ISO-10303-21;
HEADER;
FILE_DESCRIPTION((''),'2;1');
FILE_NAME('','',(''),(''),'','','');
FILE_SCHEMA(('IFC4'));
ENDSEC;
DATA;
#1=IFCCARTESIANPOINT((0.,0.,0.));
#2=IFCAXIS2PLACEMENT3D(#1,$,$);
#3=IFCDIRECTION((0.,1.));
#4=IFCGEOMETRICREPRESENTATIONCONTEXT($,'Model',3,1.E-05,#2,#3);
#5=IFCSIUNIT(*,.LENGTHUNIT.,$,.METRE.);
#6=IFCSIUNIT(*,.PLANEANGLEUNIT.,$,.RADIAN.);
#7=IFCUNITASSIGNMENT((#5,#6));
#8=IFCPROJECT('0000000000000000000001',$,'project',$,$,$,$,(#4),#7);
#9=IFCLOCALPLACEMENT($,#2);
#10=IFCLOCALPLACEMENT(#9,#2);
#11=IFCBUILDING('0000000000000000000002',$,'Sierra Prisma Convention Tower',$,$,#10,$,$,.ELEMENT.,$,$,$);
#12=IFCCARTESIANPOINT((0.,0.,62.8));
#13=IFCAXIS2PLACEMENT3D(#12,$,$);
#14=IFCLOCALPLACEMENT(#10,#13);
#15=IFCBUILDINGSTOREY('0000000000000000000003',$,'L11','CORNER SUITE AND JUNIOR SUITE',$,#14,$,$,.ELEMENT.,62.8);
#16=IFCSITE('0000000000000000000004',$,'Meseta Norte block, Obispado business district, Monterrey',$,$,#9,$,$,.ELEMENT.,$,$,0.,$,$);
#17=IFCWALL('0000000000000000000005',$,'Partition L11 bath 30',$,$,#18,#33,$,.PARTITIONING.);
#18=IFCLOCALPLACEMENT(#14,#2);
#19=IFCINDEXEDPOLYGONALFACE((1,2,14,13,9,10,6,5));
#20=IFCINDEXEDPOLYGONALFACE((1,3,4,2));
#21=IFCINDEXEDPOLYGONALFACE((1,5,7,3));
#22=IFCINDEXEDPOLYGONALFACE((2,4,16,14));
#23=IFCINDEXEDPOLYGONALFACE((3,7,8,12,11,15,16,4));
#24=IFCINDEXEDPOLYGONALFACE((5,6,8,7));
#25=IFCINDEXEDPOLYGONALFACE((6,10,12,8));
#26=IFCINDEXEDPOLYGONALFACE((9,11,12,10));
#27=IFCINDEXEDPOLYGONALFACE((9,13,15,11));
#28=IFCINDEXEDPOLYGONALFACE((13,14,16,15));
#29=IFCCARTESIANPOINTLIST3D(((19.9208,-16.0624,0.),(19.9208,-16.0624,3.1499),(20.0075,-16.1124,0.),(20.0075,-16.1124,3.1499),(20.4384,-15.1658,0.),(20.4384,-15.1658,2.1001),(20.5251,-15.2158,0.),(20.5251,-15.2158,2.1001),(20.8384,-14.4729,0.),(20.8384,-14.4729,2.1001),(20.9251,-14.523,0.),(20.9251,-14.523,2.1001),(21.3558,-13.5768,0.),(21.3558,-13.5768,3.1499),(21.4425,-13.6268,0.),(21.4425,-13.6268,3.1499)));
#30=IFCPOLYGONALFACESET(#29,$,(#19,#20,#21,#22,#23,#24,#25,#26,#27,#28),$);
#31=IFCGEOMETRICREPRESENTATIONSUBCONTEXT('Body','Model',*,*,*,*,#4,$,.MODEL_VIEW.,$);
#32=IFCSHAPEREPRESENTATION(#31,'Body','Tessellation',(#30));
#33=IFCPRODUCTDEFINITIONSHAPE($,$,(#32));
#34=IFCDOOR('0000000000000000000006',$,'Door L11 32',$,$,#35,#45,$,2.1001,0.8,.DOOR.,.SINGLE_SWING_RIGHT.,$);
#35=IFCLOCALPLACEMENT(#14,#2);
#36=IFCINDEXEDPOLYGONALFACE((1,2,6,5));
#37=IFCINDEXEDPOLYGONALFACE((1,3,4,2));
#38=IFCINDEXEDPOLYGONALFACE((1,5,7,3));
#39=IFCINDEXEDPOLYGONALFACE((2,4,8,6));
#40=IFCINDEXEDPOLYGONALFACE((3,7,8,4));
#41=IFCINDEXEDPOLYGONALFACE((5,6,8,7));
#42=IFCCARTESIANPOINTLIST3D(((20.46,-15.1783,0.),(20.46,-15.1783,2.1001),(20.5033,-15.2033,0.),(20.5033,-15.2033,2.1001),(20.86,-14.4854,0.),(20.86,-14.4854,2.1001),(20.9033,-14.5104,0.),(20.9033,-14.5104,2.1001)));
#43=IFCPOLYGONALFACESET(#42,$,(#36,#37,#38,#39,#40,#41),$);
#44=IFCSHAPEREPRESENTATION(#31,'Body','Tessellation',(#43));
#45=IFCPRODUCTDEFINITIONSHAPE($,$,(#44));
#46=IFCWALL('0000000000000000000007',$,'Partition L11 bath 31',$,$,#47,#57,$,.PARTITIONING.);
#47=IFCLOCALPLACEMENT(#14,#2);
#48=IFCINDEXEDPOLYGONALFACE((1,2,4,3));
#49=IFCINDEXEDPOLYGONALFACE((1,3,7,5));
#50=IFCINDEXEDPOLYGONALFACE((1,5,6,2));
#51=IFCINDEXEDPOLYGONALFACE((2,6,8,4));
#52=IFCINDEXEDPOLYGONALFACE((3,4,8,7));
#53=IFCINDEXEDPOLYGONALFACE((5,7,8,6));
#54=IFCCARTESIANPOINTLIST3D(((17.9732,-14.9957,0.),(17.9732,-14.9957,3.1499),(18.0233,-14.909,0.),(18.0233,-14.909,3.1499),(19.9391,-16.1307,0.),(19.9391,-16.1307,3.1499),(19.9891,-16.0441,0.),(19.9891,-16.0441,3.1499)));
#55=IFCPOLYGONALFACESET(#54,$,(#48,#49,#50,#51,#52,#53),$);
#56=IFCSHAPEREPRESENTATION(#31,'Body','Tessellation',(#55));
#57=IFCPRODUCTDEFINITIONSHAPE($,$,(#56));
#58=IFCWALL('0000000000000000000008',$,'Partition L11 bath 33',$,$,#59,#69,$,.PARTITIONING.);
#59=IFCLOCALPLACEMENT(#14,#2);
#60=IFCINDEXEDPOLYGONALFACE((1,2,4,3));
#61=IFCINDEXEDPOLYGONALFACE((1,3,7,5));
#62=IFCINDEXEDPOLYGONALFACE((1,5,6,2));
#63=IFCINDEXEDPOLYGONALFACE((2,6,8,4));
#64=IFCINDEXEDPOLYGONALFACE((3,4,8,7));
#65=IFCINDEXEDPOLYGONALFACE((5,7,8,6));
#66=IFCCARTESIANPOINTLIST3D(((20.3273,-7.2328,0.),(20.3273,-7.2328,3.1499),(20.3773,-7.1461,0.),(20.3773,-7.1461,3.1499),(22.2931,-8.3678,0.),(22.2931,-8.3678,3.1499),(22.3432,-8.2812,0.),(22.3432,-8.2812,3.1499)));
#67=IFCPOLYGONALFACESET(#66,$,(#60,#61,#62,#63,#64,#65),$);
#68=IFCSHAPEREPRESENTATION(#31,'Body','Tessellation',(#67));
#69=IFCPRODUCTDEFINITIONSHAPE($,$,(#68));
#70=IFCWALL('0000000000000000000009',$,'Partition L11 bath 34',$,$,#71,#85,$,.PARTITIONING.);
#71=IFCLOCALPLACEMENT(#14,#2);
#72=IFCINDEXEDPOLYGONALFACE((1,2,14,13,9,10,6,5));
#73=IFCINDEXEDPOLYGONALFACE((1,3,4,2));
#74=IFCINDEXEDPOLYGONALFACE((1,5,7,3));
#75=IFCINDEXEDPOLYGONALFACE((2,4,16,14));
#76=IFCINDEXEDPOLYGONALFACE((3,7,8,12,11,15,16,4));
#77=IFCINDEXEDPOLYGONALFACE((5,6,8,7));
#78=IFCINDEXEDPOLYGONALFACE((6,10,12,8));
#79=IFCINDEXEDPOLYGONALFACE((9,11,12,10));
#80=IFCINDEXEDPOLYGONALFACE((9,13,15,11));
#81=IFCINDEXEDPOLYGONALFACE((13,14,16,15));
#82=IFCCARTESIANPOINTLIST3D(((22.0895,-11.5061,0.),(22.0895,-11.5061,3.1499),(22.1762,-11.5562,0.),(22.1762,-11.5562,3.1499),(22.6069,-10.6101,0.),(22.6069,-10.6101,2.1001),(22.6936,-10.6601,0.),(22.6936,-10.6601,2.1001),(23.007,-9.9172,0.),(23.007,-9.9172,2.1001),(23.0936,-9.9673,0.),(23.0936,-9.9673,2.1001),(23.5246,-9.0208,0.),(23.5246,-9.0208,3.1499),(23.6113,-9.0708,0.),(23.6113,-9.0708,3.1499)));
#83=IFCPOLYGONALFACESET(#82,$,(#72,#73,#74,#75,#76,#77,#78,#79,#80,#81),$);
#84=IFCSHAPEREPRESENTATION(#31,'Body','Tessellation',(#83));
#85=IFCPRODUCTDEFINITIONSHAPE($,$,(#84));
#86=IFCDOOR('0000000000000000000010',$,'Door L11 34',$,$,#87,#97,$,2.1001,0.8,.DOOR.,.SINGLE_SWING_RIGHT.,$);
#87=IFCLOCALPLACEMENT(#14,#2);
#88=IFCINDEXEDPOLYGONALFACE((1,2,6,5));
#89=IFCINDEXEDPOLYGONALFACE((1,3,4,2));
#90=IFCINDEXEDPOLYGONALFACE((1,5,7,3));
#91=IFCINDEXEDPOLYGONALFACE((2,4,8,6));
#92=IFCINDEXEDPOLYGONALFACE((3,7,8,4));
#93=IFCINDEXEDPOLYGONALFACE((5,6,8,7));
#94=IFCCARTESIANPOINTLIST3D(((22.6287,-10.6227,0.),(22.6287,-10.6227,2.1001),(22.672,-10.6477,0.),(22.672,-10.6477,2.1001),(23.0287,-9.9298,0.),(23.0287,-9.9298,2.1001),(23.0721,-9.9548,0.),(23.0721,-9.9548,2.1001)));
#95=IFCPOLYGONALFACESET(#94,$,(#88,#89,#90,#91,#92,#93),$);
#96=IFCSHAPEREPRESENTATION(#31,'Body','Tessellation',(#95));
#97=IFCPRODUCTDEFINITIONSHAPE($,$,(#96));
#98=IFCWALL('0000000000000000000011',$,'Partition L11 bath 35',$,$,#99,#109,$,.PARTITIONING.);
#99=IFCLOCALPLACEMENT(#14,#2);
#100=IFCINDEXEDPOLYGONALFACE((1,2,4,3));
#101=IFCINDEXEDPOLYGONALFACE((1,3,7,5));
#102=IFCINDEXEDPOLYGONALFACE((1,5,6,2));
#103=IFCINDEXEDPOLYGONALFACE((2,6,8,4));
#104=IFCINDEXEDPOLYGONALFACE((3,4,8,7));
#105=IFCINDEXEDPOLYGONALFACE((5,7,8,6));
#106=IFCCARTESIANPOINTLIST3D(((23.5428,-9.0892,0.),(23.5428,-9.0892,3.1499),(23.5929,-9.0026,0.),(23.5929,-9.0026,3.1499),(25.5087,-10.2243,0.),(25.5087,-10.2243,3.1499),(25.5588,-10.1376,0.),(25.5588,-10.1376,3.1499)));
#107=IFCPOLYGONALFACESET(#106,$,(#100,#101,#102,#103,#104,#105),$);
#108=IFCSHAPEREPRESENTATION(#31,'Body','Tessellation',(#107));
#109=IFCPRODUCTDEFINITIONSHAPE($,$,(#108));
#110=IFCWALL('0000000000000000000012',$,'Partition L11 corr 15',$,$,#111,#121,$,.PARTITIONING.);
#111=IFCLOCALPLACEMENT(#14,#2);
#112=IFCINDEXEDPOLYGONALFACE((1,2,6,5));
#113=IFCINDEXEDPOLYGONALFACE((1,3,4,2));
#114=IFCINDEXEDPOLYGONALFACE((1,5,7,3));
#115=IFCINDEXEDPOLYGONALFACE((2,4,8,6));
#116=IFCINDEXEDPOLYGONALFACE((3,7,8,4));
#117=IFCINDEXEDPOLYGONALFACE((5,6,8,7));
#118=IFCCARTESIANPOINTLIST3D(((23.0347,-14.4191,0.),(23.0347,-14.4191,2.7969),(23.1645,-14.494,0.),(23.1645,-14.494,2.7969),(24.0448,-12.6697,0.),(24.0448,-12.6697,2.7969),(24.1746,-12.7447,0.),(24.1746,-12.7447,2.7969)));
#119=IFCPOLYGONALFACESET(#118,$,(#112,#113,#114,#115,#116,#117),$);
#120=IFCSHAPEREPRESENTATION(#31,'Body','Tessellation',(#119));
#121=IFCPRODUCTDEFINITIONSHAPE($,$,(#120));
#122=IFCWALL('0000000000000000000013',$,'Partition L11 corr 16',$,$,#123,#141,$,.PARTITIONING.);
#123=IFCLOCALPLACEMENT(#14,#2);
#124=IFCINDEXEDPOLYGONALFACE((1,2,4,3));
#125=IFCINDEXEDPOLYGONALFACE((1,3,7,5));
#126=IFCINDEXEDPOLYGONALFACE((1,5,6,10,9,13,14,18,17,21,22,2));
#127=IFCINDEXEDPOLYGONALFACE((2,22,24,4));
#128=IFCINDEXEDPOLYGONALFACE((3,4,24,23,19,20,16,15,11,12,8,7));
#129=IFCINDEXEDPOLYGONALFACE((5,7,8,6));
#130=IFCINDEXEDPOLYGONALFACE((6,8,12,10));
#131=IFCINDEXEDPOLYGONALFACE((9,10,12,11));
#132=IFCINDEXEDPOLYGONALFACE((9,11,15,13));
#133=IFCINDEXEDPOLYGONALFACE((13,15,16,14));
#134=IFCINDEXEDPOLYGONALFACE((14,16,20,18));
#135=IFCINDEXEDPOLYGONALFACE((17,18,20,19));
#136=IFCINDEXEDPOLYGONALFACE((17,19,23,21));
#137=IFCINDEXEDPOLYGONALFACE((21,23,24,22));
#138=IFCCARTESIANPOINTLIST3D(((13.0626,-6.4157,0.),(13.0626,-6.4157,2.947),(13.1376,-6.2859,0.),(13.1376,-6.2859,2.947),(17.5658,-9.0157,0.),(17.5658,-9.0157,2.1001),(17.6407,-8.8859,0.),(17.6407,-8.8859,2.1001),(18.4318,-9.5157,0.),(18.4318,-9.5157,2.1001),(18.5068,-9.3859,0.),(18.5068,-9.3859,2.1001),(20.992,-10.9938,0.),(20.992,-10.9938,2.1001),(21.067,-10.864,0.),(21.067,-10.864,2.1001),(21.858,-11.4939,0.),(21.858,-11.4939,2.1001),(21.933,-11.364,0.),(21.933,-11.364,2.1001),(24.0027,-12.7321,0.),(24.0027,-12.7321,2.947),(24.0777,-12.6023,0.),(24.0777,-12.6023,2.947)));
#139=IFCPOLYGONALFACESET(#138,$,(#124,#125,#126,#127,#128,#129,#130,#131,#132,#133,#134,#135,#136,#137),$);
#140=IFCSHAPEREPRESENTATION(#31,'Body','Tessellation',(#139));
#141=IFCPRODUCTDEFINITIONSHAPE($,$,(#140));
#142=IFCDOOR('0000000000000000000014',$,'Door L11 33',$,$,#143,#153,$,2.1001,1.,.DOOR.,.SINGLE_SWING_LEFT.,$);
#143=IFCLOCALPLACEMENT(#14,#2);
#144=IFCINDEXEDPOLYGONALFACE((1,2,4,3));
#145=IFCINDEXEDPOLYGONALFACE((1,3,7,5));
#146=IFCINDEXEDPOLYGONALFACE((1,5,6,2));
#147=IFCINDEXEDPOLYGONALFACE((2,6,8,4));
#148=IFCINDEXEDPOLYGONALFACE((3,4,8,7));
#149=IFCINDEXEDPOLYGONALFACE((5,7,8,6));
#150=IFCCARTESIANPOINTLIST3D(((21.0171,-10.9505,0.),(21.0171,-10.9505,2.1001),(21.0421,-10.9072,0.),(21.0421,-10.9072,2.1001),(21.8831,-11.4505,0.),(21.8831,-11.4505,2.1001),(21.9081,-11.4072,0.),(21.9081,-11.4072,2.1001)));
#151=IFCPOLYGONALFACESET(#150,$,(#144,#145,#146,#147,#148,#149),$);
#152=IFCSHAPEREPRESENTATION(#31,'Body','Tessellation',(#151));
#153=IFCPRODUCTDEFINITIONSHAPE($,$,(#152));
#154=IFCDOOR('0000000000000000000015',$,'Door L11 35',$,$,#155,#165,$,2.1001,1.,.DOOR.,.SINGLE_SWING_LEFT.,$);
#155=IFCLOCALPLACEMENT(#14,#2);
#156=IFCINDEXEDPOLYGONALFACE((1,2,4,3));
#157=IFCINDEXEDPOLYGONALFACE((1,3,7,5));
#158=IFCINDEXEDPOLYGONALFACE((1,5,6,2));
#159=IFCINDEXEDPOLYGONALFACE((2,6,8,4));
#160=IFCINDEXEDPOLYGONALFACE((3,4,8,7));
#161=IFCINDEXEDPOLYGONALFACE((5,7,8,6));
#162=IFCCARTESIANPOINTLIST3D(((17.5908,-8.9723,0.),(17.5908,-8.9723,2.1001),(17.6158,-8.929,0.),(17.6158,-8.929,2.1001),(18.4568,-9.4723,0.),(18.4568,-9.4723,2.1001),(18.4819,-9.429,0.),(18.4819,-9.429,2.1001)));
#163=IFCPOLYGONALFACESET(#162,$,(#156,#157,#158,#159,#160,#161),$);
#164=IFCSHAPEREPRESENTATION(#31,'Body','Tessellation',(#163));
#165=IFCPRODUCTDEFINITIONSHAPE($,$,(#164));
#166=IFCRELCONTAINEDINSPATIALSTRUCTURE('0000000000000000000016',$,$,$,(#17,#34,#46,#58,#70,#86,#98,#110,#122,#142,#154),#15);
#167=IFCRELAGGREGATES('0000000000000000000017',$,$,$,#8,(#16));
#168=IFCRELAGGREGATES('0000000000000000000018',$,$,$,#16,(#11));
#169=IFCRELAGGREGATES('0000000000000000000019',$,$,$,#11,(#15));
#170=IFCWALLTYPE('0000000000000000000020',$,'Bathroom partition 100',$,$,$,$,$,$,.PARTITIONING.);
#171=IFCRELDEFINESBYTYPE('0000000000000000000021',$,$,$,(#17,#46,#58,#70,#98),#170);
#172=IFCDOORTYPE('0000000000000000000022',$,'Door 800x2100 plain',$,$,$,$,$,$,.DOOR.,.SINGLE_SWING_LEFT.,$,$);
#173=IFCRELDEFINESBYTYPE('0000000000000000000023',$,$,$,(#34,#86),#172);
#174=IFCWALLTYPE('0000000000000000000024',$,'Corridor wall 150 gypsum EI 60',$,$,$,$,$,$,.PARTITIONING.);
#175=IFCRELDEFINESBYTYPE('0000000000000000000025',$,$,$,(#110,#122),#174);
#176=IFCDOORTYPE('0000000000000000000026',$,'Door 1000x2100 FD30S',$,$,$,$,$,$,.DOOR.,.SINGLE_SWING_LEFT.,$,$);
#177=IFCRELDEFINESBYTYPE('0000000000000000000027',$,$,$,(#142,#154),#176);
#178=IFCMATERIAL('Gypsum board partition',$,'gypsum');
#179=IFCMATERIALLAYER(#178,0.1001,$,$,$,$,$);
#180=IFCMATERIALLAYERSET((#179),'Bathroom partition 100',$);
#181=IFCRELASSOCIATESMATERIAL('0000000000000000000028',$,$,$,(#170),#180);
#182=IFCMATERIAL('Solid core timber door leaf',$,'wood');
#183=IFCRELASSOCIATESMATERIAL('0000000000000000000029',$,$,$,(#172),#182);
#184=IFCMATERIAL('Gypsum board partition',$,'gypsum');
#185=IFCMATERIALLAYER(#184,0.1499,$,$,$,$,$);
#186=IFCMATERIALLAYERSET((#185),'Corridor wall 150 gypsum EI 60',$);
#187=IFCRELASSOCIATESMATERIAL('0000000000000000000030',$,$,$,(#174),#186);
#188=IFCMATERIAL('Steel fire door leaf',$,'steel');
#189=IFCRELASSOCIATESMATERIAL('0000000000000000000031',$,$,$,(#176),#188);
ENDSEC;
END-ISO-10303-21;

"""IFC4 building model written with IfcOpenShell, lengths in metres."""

from ifc_helpers import new_model, si_unit, direction, frame, frame_2d, origin, place, context, subcontext, project, spatial, rectangle, extrude, material, layer, layer_set, type_object, element, fill, save


model = new_model("IFC4")

# Units and contexts
model_context = context("Model", 3, precision=1e-05, world=origin(), true_north=direction((0.0, 1.0)))
body_context = subcontext(model_context, "Body", "Model", "MODEL_VIEW")
ifc_project = project(units=[si_unit("LENGTHUNIT", "METRE"), si_unit("PLANEANGLEUNIT", "RADIAN")], contexts=[model_context])

# Site, building, storey
site_placement = place(None, origin())
site = spatial("IfcSite", under=ifc_project, at=site_placement, Name="Meseta Norte block, Obispado business district, Monterrey", CompositionType="ELEMENT", RefElevation=0.0)
building_placement = place(site_placement, origin())
building = spatial("IfcBuilding", under=site, at=building_placement, Name="Sierra Prisma Convention Tower", CompositionType="ELEMENT")
storey_placement = place(building_placement, frame((0.0, 0.0, 62.8)))
storey = spatial("IfcBuildingStorey", under=building, at=storey_placement, Name="L11", Description="CORNER SUITE AND JUNIOR SUITE", CompositionType="ELEMENT", Elevation=62.8)

# Wall, opening, door
ifc_material_1 = material(Name="Gypsum board partition", Category="gypsum")
ifc_layer_1 = layer(ifc_material_1, 0.1001)
ifc_layer_set_1 = layer_set([ifc_layer_1], Name="Bathroom partition 100")
wall_type_1 = type_object("IfcWallType", Name="Bathroom partition 100", PredefinedType="PARTITIONING", material=ifc_layer_set_1)
wall_1_placement = place(storey_placement, frame((21.3992, -13.6018, 0.0), z_axis=(0.0, 0.0, 1.0), x_axis=(-0.5, -0.866026, 0.0)))
wall_1 = element("IfcWall", 1, at=wall_1_placement, inside=storey, type_object=wall_type_1, Name="Partition L11 bath 30", PredefinedType="PARTITIONING", context=body_context, shape_type="SweptSolid", body=[
    extrude(rectangle(XDim=2.8701, YDim=0.1001, at=frame_2d((1.4351, 0.0))), origin(), (0.0, 0.0, 1.0), 3.1499),
])
opening_1_placement = place(wall_1_placement, frame((1.0349, 0.0, 0.0)))
opening_1 = element("IfcOpeningElement", 2, at=opening_1_placement, cuts=wall_1, PredefinedType="OPENING", context=body_context, shape_type="SweptSolid", body=[
    extrude(rectangle(XDim=0.8, YDim=2.1001, at=frame_2d((0.3999, 1.05))), frame((0.0, 0.05, 0.0), z_axis=(0.0, -1.0, 0.0), x_axis=(1.0, 0.0, 0.0)), (0.0, 0.0, 1.0), 0.1001),
])
ifc_material_2 = material(Name="Solid core timber door leaf", Category="wood")
door_type_1 = type_object("IfcDoorType", Name="Door 800x2100 plain", OperationType="SINGLE_SWING_LEFT", PredefinedType="DOOR", material=ifc_material_2)
door_1_placement = place(opening_1_placement, origin())
door_1 = element("IfcDoor", 3, at=door_1_placement, inside=storey, type_object=door_type_1, Name="Door L11 32", OperationType="SINGLE_SWING_RIGHT", OverallHeight=2.1001, OverallWidth=0.8, PredefinedType="DOOR", context=body_context, shape_type="SweptSolid", body=[
    extrude(rectangle(XDim=0.8, YDim=2.1001, at=frame_2d((0.3999, 1.05))), frame((0.0, 0.0249, 0.0), z_axis=(0.0, -1.0, 0.0), x_axis=(1.0, 0.0, 0.0)), (0.0, 0.0, 1.0), 0.05),
])
fill(opening_1, door_1)

# Walls
for number, where, z_axis, x_axis, name in (
    (4, (19.9641, -16.0874, 0.0), (0.0, 0.0, 1.0), (-0.866017, 0.500014, 0.0), "Partition L11 bath 31"),
    (5, (20.3523, -7.1895, 0.0), (0.0, 0.0, 1.0), (0.866017, -0.500014, 0.0), "Partition L11 bath 33"),
):
    element("IfcWall", number, at=place(storey_placement, frame(where, z_axis=z_axis, x_axis=x_axis)), inside=storey, type_object=wall_type_1, Name=name, PredefinedType="PARTITIONING", context=body_context, shape_type="SweptSolid", body=[
        extrude(rectangle(XDim=2.27, YDim=0.1001, at=frame_2d((1.135, 0.0))), origin(), (0.0, 0.0, 1.0), 3.1499),
    ])

# Wall, opening, door
wall_2_placement = place(storey_placement, frame((22.1328, -11.5312, 0.0), z_axis=(0.0, 0.0, 1.0), x_axis=(0.500037, 0.866004, 0.0)))
wall_2 = element("IfcWall", 6, at=wall_2_placement, inside=storey, type_object=wall_type_1, Name="Partition L11 bath 34", PredefinedType="PARTITIONING", context=body_context, shape_type="SweptSolid", body=[
    extrude(rectangle(XDim=2.8699, YDim=0.1001, at=frame_2d((1.4351, 0.0))), origin(), (0.0, 0.0, 1.0), 3.1499),
])
opening_2_placement = place(wall_2_placement, frame((1.0349, 0.0, 0.0)))
opening_2 = element("IfcOpeningElement", 7, at=opening_2_placement, cuts=wall_2, PredefinedType="OPENING", context=body_context, shape_type="SweptSolid", body=[
    extrude(rectangle(XDim=0.8, YDim=2.1001, at=frame_2d((0.3999, 1.05))), frame((0.0, 0.05, 0.0), z_axis=(0.0, -1.0, 0.0), x_axis=(1.0, 0.0, 0.0)), (0.0, 0.0, 1.0), 0.1001),
])
door_2_placement = place(opening_2_placement, origin())
door_2 = element("IfcDoor", 8, at=door_2_placement, inside=storey, type_object=door_type_1, Name="Door L11 34", OperationType="SINGLE_SWING_RIGHT", OverallHeight=2.1001, OverallWidth=0.8, PredefinedType="DOOR", context=body_context, shape_type="SweptSolid", body=[
    extrude(rectangle(XDim=0.8, YDim=2.1001, at=frame_2d((0.3999, 1.05))), frame((0.0, 0.0249, 0.0), z_axis=(0.0, -1.0, 0.0), x_axis=(1.0, 0.0, 0.0)), (0.0, 0.0, 1.0), 0.05),
])
fill(opening_2, door_2)

# Walls
wall_3_placement = place(storey_placement, frame((23.5679, -9.0459, 0.0), z_axis=(0.0, 0.0, 1.0), x_axis=(0.866017, -0.500014, 0.0)))
element("IfcWall", 9, at=wall_3_placement, inside=storey, type_object=wall_type_1, Name="Partition L11 bath 35", PredefinedType="PARTITIONING", context=body_context, shape_type="SweptSolid", body=[
    extrude(rectangle(XDim=2.27, YDim=0.1001, at=frame_2d((1.135, 0.0))), origin(), (0.0, 0.0, 1.0), 3.1499),
])
ifc_material_3 = material(Name="Gypsum board partition", Category="gypsum")
ifc_layer_2 = layer(ifc_material_3, 0.1499)
ifc_layer_set_2 = layer_set([ifc_layer_2], Name="Corridor wall 150 gypsum EI 60")
wall_type_2 = type_object("IfcWallType", Name="Corridor wall 150 gypsum EI 60", PredefinedType="PARTITIONING", material=ifc_layer_set_2)
wall_4_placement = place(storey_placement, frame((23.0996, -14.4565, 0.0), z_axis=(0.0, 0.0, 1.0), x_axis=(0.500026, 0.86601, 0.0)))
element("IfcWall", 10, at=wall_4_placement, inside=storey, type_object=wall_type_2, Name="Partition L11 corr 15", PredefinedType="PARTITIONING", context=body_context, shape_type="SweptSolid", body=[
    extrude(rectangle(XDim=2.02, YDim=0.1499, at=frame_2d((1.01, 0.0))), origin(), (0.0, 0.0, 1.0), 2.7969),
])

# Wall, openings, doors
wall_5_placement = place(storey_placement, frame((24.0403, -12.6672, 0.0), z_axis=(0.0, 0.0, 1.0), x_axis=(-0.866022, 0.500005, 0.0)))
wall_5 = element("IfcWall", 11, at=wall_5_placement, inside=storey, type_object=wall_type_2, Name="Partition L11 corr 16", PredefinedType="PARTITIONING", context=body_context, shape_type="SweptSolid", body=[
    extrude(rectangle(XDim=12.6326, YDim=0.1499, at=frame_2d((6.3164, 0.0))), origin(), (0.0, 0.0, 1.0), 2.947),
])
opening_3_placement = place(wall_5_placement, frame((2.4766, 0.0, 0.0)))
opening_3 = element("IfcOpeningElement", 12, at=opening_3_placement, cuts=wall_5, PredefinedType="OPENING", context=body_context, shape_type="SweptSolid", body=[
    extrude(rectangle(XDim=1.0, YDim=2.1001, at=frame_2d((0.5, 1.05))), frame((0.0, 0.075, 0.0), z_axis=(0.0, -1.0, 0.0), x_axis=(1.0, 0.0, 0.0)), (0.0, 0.0, 1.0), 0.1499),
])
opening_4_placement = place(wall_5_placement, frame((6.4329, 0.0, 0.0)))
opening_4 = element("IfcOpeningElement", 13, at=opening_4_placement, cuts=wall_5, PredefinedType="OPENING", context=body_context, shape_type="SweptSolid", body=[
    extrude(rectangle(XDim=1.0, YDim=2.1001, at=frame_2d((0.5, 1.05))), frame((0.0, 0.075, 0.0), z_axis=(0.0, -1.0, 0.0), x_axis=(1.0, 0.0, 0.0)), (0.0, 0.0, 1.0), 0.1499),
])
ifc_material_4 = material(Name="Steel fire door leaf", Category="steel")
door_type_2 = type_object("IfcDoorType", Name="Door 1000x2100 FD30S", OperationType="SINGLE_SWING_LEFT", PredefinedType="DOOR", material=ifc_material_4)
door_3_placement = place(opening_3_placement, origin())
door_3 = element("IfcDoor", 14, at=door_3_placement, inside=storey, type_object=door_type_2, Name="Door L11 33", OperationType="SINGLE_SWING_LEFT", OverallHeight=2.1001, OverallWidth=1.0, PredefinedType="DOOR", context=body_context, shape_type="SweptSolid", body=[
    extrude(rectangle(XDim=1.0, YDim=2.1001, at=frame_2d((0.5, 1.05))), frame((0.0, 0.0249, 0.0), z_axis=(0.0, -1.0, 0.0), x_axis=(1.0, 0.0, 0.0)), (0.0, 0.0, 1.0), 0.05),
])
fill(opening_3, door_3)
door_4_placement = place(opening_4_placement, origin())
door_4 = element("IfcDoor", 15, at=door_4_placement, inside=storey, type_object=door_type_2, Name="Door L11 35", OperationType="SINGLE_SWING_LEFT", OverallHeight=2.1001, OverallWidth=1.0, PredefinedType="DOOR", context=body_context, shape_type="SweptSolid", body=[
    extrude(rectangle(XDim=1.0, YDim=2.1001, at=frame_2d((0.5, 1.05))), frame((0.0, 0.0249, 0.0), z_axis=(0.0, -1.0, 0.0), x_axis=(1.0, 0.0, 0.0)), (0.0, 0.0, 1.0), 0.05),
])
fill(opening_4, door_4)

save(model, "model.ifc")
